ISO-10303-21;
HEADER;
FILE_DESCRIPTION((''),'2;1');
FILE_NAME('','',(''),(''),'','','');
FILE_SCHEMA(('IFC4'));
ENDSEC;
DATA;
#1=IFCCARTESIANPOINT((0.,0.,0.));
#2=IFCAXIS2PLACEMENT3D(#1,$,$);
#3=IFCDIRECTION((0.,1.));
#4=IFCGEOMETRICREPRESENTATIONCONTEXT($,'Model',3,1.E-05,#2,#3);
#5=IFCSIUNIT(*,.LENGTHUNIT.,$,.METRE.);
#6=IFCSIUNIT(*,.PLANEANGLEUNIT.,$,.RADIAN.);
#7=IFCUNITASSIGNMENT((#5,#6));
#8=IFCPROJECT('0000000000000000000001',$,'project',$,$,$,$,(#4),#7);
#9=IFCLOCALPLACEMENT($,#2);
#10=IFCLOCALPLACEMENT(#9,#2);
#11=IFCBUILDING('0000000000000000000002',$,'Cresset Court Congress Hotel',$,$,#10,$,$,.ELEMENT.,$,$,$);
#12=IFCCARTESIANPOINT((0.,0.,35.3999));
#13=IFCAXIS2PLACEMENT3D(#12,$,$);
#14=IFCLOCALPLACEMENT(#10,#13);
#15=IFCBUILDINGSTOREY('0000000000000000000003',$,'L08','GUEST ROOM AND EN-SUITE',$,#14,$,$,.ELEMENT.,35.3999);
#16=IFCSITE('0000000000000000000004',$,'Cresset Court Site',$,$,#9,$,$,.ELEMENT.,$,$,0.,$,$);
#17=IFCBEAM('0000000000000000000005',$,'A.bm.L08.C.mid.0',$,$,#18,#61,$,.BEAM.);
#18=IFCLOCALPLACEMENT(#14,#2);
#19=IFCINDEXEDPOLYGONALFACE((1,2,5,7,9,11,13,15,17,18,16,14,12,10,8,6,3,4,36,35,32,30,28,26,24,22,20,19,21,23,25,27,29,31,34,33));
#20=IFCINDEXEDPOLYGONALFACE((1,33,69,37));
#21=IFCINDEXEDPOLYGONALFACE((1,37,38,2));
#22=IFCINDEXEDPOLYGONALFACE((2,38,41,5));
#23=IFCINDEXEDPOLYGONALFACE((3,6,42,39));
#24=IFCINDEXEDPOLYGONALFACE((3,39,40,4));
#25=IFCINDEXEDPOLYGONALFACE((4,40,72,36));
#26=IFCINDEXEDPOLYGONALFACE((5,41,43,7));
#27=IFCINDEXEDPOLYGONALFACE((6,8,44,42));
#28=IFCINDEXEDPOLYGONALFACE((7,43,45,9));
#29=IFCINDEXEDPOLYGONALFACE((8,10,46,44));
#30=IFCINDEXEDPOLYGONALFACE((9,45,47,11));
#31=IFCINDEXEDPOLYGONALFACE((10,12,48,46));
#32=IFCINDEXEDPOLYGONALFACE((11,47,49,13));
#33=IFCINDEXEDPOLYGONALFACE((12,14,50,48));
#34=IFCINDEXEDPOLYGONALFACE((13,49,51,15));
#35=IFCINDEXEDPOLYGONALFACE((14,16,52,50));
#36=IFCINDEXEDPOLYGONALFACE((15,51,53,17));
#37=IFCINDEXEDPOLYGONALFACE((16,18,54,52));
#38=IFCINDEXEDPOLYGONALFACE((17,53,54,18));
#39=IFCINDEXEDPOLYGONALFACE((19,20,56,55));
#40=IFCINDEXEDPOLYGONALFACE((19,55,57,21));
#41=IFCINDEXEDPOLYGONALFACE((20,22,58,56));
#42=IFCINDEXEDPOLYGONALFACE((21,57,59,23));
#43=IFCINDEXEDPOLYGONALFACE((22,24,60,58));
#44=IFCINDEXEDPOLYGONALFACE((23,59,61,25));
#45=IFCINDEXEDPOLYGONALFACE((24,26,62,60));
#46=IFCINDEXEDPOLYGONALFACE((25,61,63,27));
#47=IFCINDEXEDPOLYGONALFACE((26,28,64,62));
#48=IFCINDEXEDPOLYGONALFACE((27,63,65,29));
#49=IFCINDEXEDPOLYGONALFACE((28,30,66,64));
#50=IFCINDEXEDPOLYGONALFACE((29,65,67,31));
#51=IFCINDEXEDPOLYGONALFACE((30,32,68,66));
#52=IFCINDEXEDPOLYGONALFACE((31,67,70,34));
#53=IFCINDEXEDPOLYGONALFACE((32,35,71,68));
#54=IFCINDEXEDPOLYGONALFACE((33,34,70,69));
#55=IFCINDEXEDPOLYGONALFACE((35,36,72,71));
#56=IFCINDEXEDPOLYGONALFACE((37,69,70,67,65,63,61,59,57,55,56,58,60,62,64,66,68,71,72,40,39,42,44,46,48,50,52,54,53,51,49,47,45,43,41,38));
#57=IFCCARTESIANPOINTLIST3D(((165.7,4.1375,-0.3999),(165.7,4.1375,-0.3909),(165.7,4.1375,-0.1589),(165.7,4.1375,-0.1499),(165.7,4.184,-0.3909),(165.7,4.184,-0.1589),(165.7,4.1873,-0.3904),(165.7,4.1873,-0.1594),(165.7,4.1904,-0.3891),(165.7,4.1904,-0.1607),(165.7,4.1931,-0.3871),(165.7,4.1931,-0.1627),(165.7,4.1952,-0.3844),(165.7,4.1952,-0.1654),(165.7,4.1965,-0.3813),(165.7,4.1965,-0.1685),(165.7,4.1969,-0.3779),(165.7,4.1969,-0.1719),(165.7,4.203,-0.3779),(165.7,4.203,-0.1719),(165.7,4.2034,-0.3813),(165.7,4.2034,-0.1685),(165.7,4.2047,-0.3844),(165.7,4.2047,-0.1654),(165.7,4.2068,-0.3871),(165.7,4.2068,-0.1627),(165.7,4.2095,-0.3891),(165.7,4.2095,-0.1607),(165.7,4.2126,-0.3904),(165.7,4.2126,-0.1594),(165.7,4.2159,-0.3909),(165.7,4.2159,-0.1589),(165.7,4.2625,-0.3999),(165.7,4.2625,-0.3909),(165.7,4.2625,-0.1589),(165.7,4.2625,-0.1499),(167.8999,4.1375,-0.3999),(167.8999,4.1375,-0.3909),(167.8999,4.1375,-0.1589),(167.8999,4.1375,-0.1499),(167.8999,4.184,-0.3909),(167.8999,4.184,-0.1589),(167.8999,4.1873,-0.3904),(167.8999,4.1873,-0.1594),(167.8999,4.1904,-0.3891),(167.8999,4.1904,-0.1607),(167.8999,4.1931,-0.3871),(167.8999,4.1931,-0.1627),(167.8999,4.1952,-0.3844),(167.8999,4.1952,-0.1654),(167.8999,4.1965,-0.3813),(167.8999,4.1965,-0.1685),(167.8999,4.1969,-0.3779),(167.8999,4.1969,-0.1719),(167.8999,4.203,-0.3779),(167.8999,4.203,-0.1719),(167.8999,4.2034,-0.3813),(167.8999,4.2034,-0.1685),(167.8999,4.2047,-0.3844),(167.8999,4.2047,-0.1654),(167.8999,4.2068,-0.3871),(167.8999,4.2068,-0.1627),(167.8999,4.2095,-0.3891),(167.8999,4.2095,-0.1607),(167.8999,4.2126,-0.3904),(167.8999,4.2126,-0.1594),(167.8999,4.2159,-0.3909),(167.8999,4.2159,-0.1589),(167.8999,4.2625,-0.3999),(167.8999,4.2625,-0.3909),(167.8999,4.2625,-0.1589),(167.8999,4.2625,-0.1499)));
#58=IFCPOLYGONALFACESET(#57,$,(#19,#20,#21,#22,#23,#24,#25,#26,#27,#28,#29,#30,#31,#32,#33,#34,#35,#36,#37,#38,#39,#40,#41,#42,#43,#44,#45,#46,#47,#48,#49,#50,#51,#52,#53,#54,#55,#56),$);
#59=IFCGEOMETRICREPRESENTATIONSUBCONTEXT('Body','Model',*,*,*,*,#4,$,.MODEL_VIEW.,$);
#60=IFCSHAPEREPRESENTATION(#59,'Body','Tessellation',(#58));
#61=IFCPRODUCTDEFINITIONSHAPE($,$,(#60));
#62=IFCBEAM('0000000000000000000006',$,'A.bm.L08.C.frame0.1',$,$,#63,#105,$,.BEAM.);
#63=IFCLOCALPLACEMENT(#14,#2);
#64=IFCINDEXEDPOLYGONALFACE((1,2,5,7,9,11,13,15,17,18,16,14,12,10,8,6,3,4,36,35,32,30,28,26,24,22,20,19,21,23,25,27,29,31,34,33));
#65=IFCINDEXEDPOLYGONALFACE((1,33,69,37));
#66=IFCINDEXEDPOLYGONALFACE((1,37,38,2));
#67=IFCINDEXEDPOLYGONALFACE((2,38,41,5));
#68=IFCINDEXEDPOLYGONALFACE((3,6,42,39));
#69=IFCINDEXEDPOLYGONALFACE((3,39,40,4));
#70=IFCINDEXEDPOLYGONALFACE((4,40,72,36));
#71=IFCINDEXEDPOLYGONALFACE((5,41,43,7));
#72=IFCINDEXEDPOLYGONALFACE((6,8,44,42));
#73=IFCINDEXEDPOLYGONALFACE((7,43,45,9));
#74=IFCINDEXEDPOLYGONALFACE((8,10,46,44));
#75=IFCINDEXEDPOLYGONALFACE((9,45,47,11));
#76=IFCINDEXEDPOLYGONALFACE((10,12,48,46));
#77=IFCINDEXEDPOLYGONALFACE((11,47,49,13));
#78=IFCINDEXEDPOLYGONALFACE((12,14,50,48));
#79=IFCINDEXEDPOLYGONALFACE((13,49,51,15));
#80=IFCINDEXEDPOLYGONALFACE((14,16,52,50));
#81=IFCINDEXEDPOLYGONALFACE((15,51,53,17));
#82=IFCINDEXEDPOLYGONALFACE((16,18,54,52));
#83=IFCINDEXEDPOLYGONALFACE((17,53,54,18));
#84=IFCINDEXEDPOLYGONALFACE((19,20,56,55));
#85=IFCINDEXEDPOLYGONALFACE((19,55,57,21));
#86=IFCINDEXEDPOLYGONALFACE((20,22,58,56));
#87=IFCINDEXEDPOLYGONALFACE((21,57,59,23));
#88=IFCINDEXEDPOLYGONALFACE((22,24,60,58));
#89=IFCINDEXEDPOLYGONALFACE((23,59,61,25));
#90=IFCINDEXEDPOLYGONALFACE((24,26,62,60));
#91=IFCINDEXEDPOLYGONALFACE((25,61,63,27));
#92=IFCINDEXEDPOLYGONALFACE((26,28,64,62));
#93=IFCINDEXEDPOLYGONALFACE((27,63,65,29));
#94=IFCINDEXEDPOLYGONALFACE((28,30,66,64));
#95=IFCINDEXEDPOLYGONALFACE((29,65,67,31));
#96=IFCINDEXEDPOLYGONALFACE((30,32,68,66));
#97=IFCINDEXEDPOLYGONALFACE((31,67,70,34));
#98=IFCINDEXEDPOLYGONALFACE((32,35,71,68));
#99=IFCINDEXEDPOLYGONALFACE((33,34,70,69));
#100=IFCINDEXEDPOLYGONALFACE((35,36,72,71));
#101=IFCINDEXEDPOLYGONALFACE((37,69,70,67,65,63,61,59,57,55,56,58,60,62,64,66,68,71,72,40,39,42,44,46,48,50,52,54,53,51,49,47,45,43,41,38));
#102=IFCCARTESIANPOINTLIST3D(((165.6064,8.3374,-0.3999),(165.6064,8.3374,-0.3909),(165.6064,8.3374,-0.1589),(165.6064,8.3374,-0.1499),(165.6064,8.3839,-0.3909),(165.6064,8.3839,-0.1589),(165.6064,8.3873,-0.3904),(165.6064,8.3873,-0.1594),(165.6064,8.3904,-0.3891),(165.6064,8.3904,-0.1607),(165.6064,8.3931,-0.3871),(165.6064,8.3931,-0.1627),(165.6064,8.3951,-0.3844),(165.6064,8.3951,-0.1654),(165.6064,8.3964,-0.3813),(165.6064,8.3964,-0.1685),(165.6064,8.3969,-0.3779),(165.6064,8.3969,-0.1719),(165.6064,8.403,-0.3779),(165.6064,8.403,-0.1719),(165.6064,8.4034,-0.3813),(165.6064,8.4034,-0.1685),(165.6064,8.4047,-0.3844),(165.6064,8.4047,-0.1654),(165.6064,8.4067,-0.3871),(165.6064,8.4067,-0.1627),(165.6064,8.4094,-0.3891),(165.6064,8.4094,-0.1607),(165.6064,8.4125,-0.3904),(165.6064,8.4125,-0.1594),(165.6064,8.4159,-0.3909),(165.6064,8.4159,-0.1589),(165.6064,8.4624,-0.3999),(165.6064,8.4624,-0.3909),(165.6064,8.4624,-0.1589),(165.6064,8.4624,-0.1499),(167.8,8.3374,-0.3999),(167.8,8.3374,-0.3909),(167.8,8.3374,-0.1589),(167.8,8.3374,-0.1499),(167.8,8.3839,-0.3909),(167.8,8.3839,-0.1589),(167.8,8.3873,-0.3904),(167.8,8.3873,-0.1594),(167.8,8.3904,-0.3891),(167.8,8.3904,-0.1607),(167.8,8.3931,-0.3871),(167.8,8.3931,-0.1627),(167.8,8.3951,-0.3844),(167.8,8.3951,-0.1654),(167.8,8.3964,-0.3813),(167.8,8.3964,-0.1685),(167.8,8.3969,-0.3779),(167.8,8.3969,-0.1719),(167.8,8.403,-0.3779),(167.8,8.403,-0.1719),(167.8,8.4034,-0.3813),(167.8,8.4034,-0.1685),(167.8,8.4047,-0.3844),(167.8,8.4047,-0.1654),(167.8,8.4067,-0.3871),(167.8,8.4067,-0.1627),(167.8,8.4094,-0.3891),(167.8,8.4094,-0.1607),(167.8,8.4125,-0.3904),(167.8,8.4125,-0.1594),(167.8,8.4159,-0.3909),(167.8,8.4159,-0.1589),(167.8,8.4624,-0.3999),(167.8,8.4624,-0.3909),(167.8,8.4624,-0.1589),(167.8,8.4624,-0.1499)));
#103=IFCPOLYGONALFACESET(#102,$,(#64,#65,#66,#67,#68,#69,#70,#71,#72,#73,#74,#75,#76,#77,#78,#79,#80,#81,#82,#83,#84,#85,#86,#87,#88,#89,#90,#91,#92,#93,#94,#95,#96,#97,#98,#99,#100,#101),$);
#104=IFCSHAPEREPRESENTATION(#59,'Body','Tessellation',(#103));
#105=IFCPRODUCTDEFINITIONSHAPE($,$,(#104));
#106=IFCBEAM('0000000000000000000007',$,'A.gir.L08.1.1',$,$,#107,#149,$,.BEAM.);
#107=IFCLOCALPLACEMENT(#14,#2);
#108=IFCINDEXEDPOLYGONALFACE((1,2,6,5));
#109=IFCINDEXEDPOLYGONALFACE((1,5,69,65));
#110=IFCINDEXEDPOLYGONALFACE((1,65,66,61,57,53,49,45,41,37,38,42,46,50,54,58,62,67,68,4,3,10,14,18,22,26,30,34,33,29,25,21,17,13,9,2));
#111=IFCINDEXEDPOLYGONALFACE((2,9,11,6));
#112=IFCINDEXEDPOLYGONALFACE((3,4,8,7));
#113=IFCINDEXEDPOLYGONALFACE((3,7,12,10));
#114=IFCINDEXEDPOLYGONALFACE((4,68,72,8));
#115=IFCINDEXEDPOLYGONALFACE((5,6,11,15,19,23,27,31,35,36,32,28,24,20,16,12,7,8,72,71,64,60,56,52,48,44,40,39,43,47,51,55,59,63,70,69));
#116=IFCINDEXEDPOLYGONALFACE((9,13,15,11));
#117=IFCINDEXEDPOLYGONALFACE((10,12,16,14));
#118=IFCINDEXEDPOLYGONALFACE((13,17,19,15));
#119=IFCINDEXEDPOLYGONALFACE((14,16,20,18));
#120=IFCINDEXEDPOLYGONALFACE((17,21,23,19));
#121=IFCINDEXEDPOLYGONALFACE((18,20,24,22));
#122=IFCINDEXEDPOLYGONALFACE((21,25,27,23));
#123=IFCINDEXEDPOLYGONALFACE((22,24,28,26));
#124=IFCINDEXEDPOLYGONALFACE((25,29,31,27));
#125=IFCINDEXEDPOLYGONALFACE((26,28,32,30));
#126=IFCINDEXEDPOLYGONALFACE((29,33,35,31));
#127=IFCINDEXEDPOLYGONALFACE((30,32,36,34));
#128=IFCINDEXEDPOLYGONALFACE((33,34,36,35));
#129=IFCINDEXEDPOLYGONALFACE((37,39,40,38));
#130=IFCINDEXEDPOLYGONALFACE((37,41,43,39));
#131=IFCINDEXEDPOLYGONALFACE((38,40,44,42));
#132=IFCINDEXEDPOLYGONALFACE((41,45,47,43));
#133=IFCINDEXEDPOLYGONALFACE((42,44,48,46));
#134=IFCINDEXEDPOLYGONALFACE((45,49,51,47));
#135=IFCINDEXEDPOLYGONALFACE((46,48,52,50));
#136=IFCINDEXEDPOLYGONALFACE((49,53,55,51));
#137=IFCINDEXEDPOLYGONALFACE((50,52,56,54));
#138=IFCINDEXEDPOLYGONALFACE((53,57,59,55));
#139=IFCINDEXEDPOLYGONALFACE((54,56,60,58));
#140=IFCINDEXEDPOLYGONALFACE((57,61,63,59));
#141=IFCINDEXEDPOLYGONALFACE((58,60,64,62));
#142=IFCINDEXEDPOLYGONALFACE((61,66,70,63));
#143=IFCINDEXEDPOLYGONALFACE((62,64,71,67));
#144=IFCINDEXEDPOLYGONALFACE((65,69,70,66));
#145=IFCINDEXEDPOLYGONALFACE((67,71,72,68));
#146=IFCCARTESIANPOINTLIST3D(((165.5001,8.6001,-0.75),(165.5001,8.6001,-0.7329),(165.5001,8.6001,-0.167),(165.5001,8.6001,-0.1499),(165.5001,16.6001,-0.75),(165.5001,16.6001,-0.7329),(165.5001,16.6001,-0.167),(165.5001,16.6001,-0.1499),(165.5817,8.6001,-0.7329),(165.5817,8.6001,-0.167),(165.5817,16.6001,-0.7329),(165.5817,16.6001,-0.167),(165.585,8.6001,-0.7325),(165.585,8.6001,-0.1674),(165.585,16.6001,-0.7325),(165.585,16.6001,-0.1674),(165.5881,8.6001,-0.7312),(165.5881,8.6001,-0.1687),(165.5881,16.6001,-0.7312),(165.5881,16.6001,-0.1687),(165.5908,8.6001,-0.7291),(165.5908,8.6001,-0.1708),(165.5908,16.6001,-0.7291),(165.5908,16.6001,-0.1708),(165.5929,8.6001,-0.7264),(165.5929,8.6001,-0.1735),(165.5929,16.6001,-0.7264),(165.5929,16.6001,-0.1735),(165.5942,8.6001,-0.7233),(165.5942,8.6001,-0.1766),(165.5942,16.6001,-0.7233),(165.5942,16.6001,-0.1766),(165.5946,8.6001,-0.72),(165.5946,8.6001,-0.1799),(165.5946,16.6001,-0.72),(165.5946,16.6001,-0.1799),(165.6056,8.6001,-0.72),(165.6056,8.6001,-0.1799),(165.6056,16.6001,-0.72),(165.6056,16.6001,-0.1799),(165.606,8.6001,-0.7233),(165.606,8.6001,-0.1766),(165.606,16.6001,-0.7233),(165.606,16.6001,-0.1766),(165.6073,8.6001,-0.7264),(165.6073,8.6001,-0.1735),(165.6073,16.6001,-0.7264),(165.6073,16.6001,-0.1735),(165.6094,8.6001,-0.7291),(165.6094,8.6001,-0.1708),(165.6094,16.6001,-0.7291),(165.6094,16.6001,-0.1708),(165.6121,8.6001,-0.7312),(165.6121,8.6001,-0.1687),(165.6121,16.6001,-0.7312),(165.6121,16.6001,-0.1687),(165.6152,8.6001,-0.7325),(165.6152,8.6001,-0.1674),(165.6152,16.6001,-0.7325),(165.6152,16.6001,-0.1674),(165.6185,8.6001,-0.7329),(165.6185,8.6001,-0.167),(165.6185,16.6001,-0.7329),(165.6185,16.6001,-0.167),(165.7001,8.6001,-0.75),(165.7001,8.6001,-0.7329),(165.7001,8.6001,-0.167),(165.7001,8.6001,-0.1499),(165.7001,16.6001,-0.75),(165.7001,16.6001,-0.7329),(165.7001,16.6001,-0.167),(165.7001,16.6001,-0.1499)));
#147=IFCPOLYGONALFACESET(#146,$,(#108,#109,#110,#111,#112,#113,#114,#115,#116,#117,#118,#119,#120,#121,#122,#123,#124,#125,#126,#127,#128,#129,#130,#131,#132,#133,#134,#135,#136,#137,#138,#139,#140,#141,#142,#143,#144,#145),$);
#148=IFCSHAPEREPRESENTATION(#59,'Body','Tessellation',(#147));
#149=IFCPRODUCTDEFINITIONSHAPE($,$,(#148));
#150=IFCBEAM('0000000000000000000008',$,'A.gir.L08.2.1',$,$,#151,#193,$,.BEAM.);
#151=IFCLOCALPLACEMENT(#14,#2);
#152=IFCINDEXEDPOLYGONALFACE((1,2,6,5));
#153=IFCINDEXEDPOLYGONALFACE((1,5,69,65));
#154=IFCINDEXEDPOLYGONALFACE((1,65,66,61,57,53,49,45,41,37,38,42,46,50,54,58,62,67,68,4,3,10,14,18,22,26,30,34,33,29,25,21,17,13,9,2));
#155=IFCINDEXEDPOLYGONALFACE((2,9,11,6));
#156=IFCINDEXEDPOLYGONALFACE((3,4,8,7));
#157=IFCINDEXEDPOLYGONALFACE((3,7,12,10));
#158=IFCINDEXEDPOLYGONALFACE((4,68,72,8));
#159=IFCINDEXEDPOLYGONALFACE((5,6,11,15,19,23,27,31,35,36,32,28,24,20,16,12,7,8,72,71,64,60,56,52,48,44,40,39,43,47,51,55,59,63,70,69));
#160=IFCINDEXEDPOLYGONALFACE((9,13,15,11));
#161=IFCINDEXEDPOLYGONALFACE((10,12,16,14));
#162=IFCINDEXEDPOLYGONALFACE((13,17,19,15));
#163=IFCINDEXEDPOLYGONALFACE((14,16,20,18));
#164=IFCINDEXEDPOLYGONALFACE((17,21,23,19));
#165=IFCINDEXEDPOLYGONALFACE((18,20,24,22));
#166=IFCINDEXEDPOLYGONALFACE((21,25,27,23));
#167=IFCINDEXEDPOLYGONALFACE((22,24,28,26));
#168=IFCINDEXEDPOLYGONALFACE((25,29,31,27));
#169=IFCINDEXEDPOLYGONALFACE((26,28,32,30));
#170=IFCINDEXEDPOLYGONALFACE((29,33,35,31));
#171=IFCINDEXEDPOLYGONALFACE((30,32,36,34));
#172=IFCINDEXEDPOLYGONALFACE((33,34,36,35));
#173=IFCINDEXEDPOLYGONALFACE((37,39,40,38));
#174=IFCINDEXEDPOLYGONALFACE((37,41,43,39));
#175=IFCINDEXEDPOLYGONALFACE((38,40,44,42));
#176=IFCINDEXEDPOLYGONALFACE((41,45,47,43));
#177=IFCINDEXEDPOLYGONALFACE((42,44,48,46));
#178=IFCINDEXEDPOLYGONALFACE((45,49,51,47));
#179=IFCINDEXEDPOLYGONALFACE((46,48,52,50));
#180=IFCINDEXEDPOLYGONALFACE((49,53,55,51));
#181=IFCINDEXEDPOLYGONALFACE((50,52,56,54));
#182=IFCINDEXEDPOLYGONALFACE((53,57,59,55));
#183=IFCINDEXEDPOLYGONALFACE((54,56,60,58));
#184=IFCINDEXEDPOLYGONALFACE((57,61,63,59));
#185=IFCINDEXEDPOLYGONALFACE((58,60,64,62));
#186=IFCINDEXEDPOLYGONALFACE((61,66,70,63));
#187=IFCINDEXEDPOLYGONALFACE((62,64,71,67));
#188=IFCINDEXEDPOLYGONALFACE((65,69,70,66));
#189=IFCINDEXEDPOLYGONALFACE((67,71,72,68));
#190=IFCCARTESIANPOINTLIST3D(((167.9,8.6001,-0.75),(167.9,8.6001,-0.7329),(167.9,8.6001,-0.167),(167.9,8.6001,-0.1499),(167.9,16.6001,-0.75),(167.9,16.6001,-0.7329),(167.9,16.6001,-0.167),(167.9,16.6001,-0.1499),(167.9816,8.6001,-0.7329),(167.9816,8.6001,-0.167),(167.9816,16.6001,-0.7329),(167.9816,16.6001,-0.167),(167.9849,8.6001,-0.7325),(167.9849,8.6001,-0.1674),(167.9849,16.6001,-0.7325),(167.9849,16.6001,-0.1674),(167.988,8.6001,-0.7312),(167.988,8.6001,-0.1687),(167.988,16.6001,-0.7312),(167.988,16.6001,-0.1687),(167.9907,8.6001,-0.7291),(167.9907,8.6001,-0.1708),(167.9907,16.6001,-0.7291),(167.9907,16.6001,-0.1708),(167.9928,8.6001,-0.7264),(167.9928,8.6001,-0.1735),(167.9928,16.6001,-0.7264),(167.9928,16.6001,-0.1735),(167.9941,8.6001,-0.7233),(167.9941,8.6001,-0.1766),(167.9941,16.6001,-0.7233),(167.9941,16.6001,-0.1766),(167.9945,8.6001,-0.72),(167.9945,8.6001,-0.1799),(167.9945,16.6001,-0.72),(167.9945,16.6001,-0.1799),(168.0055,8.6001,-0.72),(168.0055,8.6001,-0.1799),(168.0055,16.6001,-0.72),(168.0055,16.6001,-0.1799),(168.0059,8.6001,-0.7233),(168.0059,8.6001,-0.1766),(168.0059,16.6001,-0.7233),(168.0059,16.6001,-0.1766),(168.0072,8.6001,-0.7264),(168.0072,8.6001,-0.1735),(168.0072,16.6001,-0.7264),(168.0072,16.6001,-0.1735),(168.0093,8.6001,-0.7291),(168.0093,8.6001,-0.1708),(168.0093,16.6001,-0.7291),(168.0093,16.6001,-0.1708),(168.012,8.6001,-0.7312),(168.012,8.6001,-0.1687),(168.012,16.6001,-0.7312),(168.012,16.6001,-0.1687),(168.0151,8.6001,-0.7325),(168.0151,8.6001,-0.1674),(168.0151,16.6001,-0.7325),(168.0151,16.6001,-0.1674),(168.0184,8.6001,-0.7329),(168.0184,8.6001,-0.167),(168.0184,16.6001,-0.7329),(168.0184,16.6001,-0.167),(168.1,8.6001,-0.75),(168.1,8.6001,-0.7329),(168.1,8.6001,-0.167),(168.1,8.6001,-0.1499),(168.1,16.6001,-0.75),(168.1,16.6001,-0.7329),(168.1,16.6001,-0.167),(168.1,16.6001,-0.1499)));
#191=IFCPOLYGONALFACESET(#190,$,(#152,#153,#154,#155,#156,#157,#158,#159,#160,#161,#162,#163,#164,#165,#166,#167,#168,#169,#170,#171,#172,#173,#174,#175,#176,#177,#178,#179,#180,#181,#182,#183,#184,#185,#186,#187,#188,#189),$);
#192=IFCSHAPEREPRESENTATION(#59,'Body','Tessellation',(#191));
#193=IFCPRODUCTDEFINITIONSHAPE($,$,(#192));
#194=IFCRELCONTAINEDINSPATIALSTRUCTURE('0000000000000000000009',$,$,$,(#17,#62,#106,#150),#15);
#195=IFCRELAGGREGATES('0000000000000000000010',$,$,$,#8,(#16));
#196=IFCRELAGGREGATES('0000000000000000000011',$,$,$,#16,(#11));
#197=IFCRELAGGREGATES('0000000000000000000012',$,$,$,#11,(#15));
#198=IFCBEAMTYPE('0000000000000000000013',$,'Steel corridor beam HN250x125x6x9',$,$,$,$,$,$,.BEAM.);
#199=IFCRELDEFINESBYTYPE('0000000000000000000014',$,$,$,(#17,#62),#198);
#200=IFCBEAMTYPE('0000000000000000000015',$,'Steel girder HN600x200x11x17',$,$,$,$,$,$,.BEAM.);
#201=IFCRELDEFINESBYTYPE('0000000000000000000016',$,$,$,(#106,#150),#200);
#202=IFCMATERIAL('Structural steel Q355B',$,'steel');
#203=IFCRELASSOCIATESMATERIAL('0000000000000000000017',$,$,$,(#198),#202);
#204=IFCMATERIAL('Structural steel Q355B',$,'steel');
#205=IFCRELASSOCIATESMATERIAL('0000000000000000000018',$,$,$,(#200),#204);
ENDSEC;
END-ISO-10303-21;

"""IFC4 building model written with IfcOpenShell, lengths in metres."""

from ifc_helpers import new_model, si_unit, direction, frame, origin, origin_2d, place, context, subcontext, project, spatial, i_section, extrude, material, material_profile, profile_set, type_object, element, save


model = new_model("IFC4")

# Units and contexts
model_context = context("Model", 3, precision=1e-05, world=origin(), true_north=direction((0.0, 1.0)))
body_context = subcontext(model_context, "Body", "Model", "MODEL_VIEW")
ifc_project = project(units=[si_unit("LENGTHUNIT", "METRE"), si_unit("PLANEANGLEUNIT", "RADIAN")], contexts=[model_context])

# Site, building, storey
site_placement = place(None, origin())
site = spatial("IfcSite", under=ifc_project, at=site_placement, Name="Cresset Court Site", CompositionType="ELEMENT", RefElevation=0.0)
building_placement = place(site_placement, origin())
building = spatial("IfcBuilding", under=site, at=building_placement, Name="Cresset Court Congress Hotel", CompositionType="ELEMENT")
storey_placement = place(building_placement, frame((0.0, 0.0, 35.3999)))
storey = spatial("IfcBuildingStorey", under=building, at=storey_placement, Name="L08", Description="GUEST ROOM AND EN-SUITE", CompositionType="ELEMENT", Elevation=35.3999)

# Beams
ifc_material_1 = material(Name="Structural steel Q355B", Category="steel")
ifc_material_profile_1 = material_profile(ifc_material_1, i_section(OverallWidth=0.125, OverallDepth=0.25, WebThickness=0.0061, FlangeThickness=0.009, FilletRadius=0.0129, at=origin_2d()), Name="HN250x125x6x9")
ifc_profile_set_1 = profile_set([ifc_material_profile_1], Name="Structural steel Q355B")
beam_type_1 = type_object("IfcBeamType", Name="Steel corridor beam HN250x125x6x9", PredefinedType="BEAM", material=ifc_profile_set_1)
beam_1_placement = place(storey_placement, frame((165.7, 4.2, -0.2749), z_axis=(1.0, 0.0, 0.0), x_axis=(0.0, 1.0, 0.0)))
element("IfcBeam", 1, at=beam_1_placement, inside=storey, type_object=beam_type_1, Name="A.bm.L08.C.mid.0", PredefinedType="BEAM", context=body_context, shape_type="SweptSolid", body=[
    extrude(i_section(OverallWidth=0.125, OverallDepth=0.25, WebThickness=0.0061, FlangeThickness=0.009, FilletRadius=0.0129, at=origin_2d()), origin(), (0.0, 0.0, 1.0), 2.2),
])
beam_2_placement = place(storey_placement, frame((165.6064, 8.3999, -0.2749), z_axis=(1.0, 0.0, 0.0), x_axis=(0.0, 1.0, 0.0)))
element("IfcBeam", 2, at=beam_2_placement, inside=storey, type_object=beam_type_1, Name="A.bm.L08.C.frame0.1", PredefinedType="BEAM", context=body_context, shape_type="SweptSolid", body=[
    extrude(i_section(OverallWidth=0.125, OverallDepth=0.25, WebThickness=0.0061, FlangeThickness=0.009, FilletRadius=0.0129, at=origin_2d()), origin(), (0.0, 0.0, 1.0), 2.1936),
])
ifc_material_2 = material(Name="Structural steel Q355B", Category="steel")
ifc_material_profile_2 = material_profile(ifc_material_2, i_section(OverallWidth=0.2, OverallDepth=0.6001, WebThickness=0.011, FlangeThickness=0.0171, FilletRadius=0.0129, at=origin_2d()), Name="HN600x200x11x17")
ifc_profile_set_2 = profile_set([ifc_material_profile_2], Name="Structural steel Q355B")
beam_type_2 = type_object("IfcBeamType", Name="Steel girder HN600x200x11x17", PredefinedType="BEAM", material=ifc_profile_set_2)
for number, where, z_axis, x_axis, name in (
    (3, (165.6001, 8.6001, -0.45), (0.0, 1.0, 0.0), (-1.0, 0.0, 0.0), "A.gir.L08.1.1"),
    (4, (168.0, 8.6001, -0.45), (0.0, 1.0, 0.0), (-1.0, 0.0, 0.0), "A.gir.L08.2.1"),
):
    element("IfcBeam", number, at=place(storey_placement, frame(where, z_axis=z_axis, x_axis=x_axis)), inside=storey, type_object=beam_type_2, Name=name, PredefinedType="BEAM", context=body_context, shape_type="SweptSolid", body=[
        extrude(i_section(OverallWidth=0.2, OverallDepth=0.6001, WebThickness=0.011, FlangeThickness=0.0171, FilletRadius=0.0129, at=origin_2d()), origin(), (0.0, 0.0, 1.0), 8.0),
    ])

save(model, "model.ifc")
